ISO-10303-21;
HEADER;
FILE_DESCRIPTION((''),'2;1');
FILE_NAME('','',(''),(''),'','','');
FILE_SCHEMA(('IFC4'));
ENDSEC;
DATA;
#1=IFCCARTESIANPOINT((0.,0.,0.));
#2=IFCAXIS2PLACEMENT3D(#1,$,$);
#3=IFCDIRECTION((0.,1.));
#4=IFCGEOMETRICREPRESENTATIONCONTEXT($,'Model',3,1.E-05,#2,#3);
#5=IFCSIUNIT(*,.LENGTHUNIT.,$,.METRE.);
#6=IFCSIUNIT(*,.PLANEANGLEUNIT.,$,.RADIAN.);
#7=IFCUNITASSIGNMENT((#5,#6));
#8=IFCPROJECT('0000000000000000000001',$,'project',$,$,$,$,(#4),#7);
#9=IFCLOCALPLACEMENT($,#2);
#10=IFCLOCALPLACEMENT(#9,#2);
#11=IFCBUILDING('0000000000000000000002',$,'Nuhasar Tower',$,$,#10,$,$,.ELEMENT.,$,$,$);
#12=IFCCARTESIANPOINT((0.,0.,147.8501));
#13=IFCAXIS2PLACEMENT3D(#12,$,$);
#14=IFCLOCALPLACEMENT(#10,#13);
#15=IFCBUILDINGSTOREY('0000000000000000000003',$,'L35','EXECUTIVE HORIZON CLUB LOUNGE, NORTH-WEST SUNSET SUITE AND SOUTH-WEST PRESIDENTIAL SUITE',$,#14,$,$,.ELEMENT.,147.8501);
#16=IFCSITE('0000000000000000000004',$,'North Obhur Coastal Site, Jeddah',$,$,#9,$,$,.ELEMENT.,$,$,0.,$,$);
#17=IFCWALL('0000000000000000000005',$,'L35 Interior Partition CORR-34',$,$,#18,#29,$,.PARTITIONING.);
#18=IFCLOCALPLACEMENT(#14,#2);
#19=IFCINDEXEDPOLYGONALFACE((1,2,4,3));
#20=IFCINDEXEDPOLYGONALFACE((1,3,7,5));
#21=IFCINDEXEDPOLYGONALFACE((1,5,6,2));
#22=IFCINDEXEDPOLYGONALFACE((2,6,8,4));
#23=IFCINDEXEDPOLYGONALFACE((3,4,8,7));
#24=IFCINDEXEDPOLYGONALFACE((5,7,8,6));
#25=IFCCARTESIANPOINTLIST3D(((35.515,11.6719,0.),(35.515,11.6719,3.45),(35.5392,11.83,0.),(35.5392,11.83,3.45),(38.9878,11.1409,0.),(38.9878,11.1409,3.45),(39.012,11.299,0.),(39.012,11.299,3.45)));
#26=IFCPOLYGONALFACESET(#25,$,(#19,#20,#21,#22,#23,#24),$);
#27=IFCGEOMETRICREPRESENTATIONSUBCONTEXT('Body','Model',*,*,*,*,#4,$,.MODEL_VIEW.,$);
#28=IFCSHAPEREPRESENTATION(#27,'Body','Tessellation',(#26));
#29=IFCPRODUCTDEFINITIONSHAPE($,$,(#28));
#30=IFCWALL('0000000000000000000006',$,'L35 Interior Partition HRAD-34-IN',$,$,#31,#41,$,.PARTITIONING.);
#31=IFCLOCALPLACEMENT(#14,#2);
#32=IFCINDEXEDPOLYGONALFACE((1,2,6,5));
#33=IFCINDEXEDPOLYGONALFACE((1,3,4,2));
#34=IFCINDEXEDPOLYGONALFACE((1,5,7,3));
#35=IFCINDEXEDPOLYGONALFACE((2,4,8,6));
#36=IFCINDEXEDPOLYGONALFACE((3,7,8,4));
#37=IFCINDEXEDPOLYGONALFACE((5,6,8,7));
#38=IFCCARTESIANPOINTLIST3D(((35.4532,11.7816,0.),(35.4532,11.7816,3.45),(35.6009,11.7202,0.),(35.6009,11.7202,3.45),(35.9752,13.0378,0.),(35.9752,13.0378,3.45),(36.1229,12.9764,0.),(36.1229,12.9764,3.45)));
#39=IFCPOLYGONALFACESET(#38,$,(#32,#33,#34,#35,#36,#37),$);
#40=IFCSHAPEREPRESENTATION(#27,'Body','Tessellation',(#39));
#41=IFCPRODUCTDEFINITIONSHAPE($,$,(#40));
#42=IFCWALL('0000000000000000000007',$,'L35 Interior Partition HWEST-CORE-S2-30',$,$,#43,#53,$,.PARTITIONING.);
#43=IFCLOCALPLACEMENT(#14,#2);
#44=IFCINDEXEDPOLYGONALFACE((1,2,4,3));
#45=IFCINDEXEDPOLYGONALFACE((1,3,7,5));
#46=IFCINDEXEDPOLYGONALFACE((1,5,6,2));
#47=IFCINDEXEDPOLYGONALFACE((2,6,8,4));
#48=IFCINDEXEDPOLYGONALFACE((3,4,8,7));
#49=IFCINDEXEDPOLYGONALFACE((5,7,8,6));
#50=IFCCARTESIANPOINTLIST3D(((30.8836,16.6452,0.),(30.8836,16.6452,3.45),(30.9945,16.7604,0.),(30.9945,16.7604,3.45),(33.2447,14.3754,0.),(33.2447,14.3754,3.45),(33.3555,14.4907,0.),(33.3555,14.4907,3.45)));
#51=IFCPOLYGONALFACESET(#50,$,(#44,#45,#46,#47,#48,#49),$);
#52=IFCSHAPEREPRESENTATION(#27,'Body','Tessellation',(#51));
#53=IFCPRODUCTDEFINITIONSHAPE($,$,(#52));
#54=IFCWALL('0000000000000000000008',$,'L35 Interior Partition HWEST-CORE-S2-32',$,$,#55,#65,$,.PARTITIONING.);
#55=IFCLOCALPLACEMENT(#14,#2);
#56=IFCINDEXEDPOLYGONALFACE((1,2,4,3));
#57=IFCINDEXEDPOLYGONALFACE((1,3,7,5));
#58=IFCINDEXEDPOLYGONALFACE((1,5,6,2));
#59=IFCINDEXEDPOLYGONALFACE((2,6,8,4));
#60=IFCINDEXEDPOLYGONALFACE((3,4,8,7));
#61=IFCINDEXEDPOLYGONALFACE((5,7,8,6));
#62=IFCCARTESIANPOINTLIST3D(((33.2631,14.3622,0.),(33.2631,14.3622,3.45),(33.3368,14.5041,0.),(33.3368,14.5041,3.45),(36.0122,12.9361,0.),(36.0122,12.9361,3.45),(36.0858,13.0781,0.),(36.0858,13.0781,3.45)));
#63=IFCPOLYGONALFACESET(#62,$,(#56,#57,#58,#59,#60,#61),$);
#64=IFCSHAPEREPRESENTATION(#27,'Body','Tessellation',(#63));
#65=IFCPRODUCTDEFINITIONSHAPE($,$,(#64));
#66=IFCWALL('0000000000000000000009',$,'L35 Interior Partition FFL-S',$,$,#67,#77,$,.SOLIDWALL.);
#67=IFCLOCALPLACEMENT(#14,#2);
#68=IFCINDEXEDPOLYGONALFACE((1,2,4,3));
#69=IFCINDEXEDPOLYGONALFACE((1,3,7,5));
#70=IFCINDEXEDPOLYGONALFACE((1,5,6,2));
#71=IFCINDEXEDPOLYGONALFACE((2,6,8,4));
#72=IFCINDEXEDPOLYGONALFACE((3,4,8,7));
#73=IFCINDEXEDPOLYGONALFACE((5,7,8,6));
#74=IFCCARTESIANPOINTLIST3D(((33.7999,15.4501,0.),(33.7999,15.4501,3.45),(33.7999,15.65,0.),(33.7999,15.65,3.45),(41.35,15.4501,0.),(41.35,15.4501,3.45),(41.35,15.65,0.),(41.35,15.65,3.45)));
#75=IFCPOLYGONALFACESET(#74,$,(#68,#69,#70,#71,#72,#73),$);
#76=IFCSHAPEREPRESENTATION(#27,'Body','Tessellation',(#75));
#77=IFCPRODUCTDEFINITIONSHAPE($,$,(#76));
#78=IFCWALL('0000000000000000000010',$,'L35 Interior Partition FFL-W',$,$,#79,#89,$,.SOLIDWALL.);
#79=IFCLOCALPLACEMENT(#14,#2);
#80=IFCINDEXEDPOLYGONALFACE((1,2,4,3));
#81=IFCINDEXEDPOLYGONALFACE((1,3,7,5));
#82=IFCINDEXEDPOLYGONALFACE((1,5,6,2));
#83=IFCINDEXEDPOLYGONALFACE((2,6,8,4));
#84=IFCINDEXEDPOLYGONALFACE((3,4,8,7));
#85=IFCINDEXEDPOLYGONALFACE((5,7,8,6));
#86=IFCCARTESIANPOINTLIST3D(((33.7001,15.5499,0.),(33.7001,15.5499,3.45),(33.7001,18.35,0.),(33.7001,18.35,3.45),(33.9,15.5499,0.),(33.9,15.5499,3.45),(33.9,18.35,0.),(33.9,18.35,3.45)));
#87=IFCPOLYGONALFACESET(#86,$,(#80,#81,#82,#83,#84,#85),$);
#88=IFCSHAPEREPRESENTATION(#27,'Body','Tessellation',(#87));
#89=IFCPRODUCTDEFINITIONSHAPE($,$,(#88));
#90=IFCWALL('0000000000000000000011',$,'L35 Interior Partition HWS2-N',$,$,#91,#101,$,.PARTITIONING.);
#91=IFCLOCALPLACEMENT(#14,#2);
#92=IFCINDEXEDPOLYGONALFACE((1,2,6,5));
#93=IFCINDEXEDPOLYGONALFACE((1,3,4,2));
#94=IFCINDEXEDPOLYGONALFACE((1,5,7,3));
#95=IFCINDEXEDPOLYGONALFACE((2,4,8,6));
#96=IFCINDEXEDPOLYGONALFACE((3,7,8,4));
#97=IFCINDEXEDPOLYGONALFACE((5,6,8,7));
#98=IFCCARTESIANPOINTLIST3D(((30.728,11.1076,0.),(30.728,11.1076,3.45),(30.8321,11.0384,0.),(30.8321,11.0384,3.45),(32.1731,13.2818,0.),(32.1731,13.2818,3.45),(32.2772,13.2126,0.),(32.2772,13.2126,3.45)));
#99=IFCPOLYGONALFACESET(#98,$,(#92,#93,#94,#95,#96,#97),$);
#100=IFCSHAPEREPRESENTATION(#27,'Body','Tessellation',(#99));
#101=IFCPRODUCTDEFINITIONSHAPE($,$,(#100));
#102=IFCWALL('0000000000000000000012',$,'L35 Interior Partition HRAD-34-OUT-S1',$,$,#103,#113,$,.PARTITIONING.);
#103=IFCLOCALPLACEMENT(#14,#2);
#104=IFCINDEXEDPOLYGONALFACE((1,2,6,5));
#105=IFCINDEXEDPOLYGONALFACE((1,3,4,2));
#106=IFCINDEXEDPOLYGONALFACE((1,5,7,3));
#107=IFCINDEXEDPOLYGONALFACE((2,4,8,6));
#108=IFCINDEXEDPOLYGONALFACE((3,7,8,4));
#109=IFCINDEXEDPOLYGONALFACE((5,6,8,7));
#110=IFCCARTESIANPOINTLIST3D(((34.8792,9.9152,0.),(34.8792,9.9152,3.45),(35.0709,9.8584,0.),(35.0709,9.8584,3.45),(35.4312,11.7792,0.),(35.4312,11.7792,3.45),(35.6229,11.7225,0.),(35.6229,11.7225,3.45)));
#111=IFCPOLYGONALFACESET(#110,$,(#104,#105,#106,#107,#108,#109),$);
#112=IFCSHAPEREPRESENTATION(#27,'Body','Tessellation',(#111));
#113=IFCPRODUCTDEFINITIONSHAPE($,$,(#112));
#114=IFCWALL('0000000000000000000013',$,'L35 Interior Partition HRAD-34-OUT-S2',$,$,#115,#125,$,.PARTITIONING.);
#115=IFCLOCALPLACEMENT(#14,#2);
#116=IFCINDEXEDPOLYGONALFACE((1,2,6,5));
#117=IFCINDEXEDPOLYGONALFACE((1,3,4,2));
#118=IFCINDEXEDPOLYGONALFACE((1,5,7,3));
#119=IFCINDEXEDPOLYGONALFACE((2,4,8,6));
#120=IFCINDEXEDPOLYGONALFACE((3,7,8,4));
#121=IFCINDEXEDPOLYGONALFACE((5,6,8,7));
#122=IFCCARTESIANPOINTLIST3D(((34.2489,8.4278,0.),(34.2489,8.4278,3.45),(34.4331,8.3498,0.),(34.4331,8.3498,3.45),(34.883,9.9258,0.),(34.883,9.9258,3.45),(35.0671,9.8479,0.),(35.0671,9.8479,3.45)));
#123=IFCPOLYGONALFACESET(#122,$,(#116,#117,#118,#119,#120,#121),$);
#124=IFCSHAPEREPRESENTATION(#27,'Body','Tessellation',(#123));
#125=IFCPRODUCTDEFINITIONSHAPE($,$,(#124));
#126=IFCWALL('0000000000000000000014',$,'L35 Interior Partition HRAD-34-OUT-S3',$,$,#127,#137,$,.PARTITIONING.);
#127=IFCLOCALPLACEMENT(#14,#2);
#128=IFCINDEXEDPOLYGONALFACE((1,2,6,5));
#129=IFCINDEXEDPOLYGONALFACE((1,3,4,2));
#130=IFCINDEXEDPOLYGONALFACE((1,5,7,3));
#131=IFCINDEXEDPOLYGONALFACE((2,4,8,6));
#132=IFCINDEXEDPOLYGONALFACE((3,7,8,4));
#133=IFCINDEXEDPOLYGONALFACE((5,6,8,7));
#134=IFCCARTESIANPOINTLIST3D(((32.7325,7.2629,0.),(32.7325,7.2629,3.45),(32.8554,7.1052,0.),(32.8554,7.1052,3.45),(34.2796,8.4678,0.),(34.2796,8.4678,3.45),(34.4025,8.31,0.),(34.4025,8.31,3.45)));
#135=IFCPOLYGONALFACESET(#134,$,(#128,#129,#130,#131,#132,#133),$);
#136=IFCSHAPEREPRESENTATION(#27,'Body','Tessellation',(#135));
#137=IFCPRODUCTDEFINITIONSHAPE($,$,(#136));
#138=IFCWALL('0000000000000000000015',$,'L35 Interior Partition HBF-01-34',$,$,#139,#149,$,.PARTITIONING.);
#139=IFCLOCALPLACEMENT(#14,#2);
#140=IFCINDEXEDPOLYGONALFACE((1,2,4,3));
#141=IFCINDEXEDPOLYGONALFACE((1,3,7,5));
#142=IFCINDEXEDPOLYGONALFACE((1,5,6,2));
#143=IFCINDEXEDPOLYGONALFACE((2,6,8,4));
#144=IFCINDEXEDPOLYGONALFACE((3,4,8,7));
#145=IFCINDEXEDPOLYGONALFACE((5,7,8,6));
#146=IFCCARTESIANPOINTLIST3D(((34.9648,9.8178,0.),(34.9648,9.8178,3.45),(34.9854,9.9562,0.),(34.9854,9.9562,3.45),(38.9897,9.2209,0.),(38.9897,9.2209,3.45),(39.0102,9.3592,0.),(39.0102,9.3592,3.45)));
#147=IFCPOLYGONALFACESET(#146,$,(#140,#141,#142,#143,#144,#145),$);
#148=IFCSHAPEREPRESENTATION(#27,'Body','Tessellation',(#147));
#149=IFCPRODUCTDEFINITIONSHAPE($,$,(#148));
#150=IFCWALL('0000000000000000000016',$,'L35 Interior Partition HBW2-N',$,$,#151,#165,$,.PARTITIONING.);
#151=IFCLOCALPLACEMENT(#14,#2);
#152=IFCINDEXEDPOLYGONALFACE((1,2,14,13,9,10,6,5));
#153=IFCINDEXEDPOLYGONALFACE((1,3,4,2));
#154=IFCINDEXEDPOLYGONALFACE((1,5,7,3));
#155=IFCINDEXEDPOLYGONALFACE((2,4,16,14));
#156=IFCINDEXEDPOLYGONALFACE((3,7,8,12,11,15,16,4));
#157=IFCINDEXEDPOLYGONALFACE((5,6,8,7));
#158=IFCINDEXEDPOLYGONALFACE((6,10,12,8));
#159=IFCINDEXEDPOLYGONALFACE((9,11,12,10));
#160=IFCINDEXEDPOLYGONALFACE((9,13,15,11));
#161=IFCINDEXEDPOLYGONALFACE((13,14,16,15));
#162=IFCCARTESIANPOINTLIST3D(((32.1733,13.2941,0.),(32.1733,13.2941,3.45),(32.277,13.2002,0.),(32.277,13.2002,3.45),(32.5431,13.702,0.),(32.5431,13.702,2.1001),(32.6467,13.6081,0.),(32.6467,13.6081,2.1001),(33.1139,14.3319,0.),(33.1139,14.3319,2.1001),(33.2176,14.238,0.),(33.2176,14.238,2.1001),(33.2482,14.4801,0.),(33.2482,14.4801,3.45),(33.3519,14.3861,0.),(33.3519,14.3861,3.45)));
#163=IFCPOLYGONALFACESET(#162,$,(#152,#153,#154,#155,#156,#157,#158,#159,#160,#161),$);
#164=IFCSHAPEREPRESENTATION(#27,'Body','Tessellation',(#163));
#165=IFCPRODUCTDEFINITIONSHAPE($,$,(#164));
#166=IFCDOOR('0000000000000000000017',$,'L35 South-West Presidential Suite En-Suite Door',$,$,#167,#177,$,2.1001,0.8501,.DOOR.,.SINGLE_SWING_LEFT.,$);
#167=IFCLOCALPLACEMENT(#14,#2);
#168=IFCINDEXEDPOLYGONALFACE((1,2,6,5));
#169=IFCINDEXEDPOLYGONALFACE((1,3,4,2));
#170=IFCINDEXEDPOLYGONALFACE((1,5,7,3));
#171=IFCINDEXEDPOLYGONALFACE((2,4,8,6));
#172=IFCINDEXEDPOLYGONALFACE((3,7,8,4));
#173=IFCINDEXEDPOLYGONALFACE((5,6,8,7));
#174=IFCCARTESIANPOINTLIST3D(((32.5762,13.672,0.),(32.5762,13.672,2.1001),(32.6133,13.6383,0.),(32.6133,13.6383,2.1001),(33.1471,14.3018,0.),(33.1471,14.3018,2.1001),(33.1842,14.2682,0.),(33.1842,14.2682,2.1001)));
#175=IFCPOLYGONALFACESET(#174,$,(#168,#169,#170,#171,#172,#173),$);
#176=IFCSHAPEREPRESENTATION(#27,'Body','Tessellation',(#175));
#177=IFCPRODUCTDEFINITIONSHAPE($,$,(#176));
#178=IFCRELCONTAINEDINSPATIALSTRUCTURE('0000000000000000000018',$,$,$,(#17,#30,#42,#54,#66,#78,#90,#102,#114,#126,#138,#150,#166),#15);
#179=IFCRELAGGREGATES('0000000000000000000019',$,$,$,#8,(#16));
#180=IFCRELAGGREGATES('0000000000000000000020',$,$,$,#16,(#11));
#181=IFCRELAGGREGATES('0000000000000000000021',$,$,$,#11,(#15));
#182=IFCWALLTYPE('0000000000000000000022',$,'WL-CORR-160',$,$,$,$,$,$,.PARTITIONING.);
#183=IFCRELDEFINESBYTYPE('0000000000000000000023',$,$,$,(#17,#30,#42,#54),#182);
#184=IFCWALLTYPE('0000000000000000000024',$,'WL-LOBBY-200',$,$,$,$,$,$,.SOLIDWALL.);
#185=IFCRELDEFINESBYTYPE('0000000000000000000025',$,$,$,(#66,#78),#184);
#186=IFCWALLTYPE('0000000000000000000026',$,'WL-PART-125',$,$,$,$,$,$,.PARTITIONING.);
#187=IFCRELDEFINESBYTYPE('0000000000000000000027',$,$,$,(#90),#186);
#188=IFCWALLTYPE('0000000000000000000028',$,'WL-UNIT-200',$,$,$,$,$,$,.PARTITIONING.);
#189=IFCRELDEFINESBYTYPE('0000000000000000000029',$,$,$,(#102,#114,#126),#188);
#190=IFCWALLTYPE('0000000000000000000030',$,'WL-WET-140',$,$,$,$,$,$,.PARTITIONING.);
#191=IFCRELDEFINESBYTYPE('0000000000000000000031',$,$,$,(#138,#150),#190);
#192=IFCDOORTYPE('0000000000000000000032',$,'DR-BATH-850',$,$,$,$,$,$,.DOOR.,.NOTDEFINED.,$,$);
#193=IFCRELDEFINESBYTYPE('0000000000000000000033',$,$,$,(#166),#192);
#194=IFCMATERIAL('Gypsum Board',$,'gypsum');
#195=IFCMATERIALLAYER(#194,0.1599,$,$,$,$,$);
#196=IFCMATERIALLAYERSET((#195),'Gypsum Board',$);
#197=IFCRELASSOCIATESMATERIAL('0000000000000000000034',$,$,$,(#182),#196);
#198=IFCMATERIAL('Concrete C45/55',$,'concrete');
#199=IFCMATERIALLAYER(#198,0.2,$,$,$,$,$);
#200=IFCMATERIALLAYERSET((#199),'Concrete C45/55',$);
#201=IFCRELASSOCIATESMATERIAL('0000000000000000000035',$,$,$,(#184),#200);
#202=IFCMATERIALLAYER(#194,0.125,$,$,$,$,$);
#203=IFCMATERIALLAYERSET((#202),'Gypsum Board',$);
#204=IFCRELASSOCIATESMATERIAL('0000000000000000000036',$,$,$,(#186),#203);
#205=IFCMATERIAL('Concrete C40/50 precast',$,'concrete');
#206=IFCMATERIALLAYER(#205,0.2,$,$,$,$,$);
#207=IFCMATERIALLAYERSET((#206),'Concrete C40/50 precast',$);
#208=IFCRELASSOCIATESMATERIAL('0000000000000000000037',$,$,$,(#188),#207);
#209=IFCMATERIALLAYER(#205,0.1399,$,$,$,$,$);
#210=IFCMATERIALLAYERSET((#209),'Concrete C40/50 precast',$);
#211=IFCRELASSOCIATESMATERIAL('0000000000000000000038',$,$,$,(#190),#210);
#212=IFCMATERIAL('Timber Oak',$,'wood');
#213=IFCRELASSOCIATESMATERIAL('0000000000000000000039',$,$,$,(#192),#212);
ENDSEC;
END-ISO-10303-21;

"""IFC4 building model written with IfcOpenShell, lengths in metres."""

from ifc_helpers import new_model, si_unit, direction, frame, frame_2d, origin, place, context, subcontext, project, spatial, rectangle, extrude, material, layer, layer_set, type_object, element, fill, save


model = new_model("IFC4")

# Units and contexts
model_context = context("Model", 3, precision=1e-05, world=origin(), true_north=direction((0.0, 1.0)))
body_context = subcontext(model_context, "Body", "Model", "MODEL_VIEW")
ifc_project = project(units=[si_unit("LENGTHUNIT", "METRE"), si_unit("PLANEANGLEUNIT", "RADIAN")], contexts=[model_context])

# Site, building, storey
site_placement = place(None, origin())
site = spatial("IfcSite", under=ifc_project, at=site_placement, Name="North Obhur Coastal Site, Jeddah", CompositionType="ELEMENT", RefElevation=0.0)
building_placement = place(site_placement, origin())
building = spatial("IfcBuilding", under=site, at=building_placement, Name="Nuhasar Tower", CompositionType="ELEMENT")
storey_placement = place(building_placement, frame((0.0, 0.0, 147.8501)))
storey = spatial("IfcBuildingStorey", under=building, at=storey_placement, Name="L35", Description="EXECUTIVE HORIZON CLUB LOUNGE, NORTH-WEST SUNSET SUITE AND SOUTH-WEST PRESIDENTIAL SUITE", CompositionType="ELEMENT", Elevation=147.8501)

# Walls
ifc_material_1 = material(Name="Gypsum Board", Category="gypsum")
ifc_layer_1 = layer(ifc_material_1, 0.1599)
ifc_layer_set_1 = layer_set([ifc_layer_1], Name="Gypsum Board")
wall_type_1 = type_object("IfcWallType", Name="WL-CORR-160", PredefinedType="PARTITIONING", material=ifc_layer_set_1)
wall_1_placement = place(storey_placement, frame((35.5271, 11.751, 0.0), z_axis=(0.0, 0.0, 1.0), x_axis=(0.988512, -0.151143, 0.0)))
element("IfcWall", 1, at=wall_1_placement, inside=storey, type_object=wall_type_1, Name="L35 Interior Partition CORR-34", PredefinedType="PARTITIONING", context=body_context, shape_type="SweptSolid", body=[
    extrude(rectangle(XDim=3.5132, YDim=0.1599, at=frame_2d((1.7566, 0.0))), origin(), (0.0, 0.0, 1.0), 3.45),
])
wall_2_placement = place(storey_placement, frame((36.0491, 13.0071, 0.0), z_axis=(0.0, 0.0, 1.0), x_axis=(-0.383736, -0.923443, 0.0)))
element("IfcWall", 2, at=wall_2_placement, inside=storey, type_object=wall_type_1, Name="L35 Interior Partition HRAD-34-IN", PredefinedType="PARTITIONING", context=body_context, shape_type="SweptSolid", body=[
    extrude(rectangle(XDim=1.3604, YDim=0.1599, at=frame_2d((0.6802, 0.0))), origin(), (0.0, 0.0, 1.0), 3.45),
])
wall_3_placement = place(storey_placement, frame((30.939, 16.7029, 0.0), z_axis=(0.0, 0.0, 1.0), x_axis=(0.720909, -0.69303, 0.0)))
element("IfcWall", 3, at=wall_3_placement, inside=storey, type_object=wall_type_1, Name="L35 Interior Partition HWEST-CORE-S2-30", PredefinedType="PARTITIONING", context=body_context, shape_type="SweptSolid", body=[
    extrude(rectangle(XDim=3.2751, YDim=0.1599, at=frame_2d((1.6377, 0.0))), origin(), (0.0, 0.0, 1.0), 3.45),
])
wall_4_placement = place(storey_placement, frame((33.3, 14.4331, 0.0), z_axis=(0.0, 0.0, 1.0), x_axis=(0.887675, -0.460471, 0.0)))
element("IfcWall", 4, at=wall_4_placement, inside=storey, type_object=wall_type_1, Name="L35 Interior Partition HWEST-CORE-S2-32", PredefinedType="PARTITIONING", context=body_context, shape_type="SweptSolid", body=[
    extrude(rectangle(XDim=3.0969, YDim=0.1599, at=frame_2d((1.5483, 0.0))), origin(), (0.0, 0.0, 1.0), 3.45),
])
ifc_material_2 = material(Name="Concrete C45/55", Category="concrete")
ifc_layer_2 = layer(ifc_material_2, 0.2)
ifc_layer_set_2 = layer_set([ifc_layer_2], Name="Concrete C45/55")
wall_type_2 = type_object("IfcWallType", Name="WL-LOBBY-200", PredefinedType="SOLIDWALL", material=ifc_layer_set_2)
wall_5_placement = place(storey_placement, frame((33.8, 15.55, 0.0), z_axis=(0.0, 0.0, 1.0), x_axis=(1.0, 0.0, 0.0)))
element("IfcWall", 5, at=wall_5_placement, inside=storey, type_object=wall_type_2, Name="L35 Interior Partition FFL-S", PredefinedType="SOLIDWALL", context=body_context, shape_type="SweptSolid", body=[
    extrude(rectangle(XDim=7.55, YDim=0.2, at=frame_2d((3.7749, 0.0))), origin(), (0.0, 0.0, 1.0), 3.45),
])
wall_6_placement = place(storey_placement, frame((33.8, 15.55, 0.0), z_axis=(0.0, 0.0, 1.0), x_axis=(0.0, 1.0, 0.0)))
element("IfcWall", 6, at=wall_6_placement, inside=storey, type_object=wall_type_2, Name="L35 Interior Partition FFL-W", PredefinedType="SOLIDWALL", context=body_context, shape_type="SweptSolid", body=[
    extrude(rectangle(XDim=2.8, YDim=0.2, at=frame_2d((1.3999, 0.0))), origin(), (0.0, 0.0, 1.0), 3.45),
])
ifc_layer_3 = layer(ifc_material_1, 0.125)
ifc_layer_set_3 = layer_set([ifc_layer_3], Name="Gypsum Board")
wall_type_3 = type_object("IfcWallType", Name="WL-PART-125", PredefinedType="PARTITIONING", material=ifc_layer_set_3)
wall_7_placement = place(storey_placement, frame((32.2251, 13.2471, 0.0), z_axis=(0.0, 0.0, 1.0), x_axis=(-0.553556, -0.832812, 0.0)))
element("IfcWall", 7, at=wall_7_placement, inside=storey, type_object=wall_type_3, Name="L35 Interior Partition HWS2-N", PredefinedType="PARTITIONING", context=body_context, shape_type="SweptSolid", body=[
    extrude(rectangle(XDim=2.6106, YDim=0.125, at=frame_2d((1.3052, 0.0))), origin(), (0.0, 0.0, 1.0), 3.45),
])
ifc_material_3 = material(Name="Concrete C40/50 precast", Category="concrete")
ifc_layer_4 = layer(ifc_material_3, 0.2)
ifc_layer_set_4 = layer_set([ifc_layer_4], Name="Concrete C40/50 precast")
wall_type_4 = type_object("IfcWallType", Name="WL-UNIT-200", PredefinedType="PARTITIONING", material=ifc_layer_set_4)
wall_8_placement = place(storey_placement, frame((35.5271, 11.751, 0.0), z_axis=(0.0, 0.0, 1.0), x_axis=(-0.283947, -0.95884, 0.0)))
element("IfcWall", 8, at=wall_8_placement, inside=storey, type_object=wall_type_4, Name="L35 Interior Partition HRAD-34-OUT-S1", PredefinedType="PARTITIONING", context=body_context, shape_type="SweptSolid", body=[
    extrude(rectangle(XDim=1.9441, YDim=0.2, at=frame_2d((0.9722, 0.0))), origin(), (0.0, 0.0, 1.0), 3.45),
])
wall_9_placement = place(storey_placement, frame((34.9751, 9.887, 0.0), z_axis=(0.0, 0.0, 1.0), x_axis=(-0.389767, -0.920913, 0.0)))
element("IfcWall", 9, at=wall_9_placement, inside=storey, type_object=wall_type_4, Name="L35 Interior Partition HRAD-34-OUT-S2", PredefinedType="PARTITIONING", context=body_context, shape_type="SweptSolid", body=[
    extrude(rectangle(XDim=1.6267, YDim=0.2, at=frame_2d((0.8135, 0.0))), origin(), (0.0, 0.0, 1.0), 3.45),
])
wall_10_placement = place(storey_placement, frame((34.3411, 8.3889, 0.0), z_axis=(0.0, 0.0, 1.0), x_axis=(-0.788977, -0.614423, 0.0)))
element("IfcWall", 10, at=wall_10_placement, inside=storey, type_object=wall_type_4, Name="L35 Interior Partition HRAD-34-OUT-S3", PredefinedType="PARTITIONING", context=body_context, shape_type="SweptSolid", body=[
    extrude(rectangle(XDim=1.9609, YDim=0.2, at=frame_2d((0.9805, 0.0))), origin(), (0.0, 0.0, 1.0), 3.45),
])
ifc_layer_5 = layer(ifc_material_3, 0.1399)
ifc_layer_set_5 = layer_set([ifc_layer_5], Name="Concrete C40/50 precast")
wall_type_5 = type_object("IfcWallType", Name="WL-WET-140", PredefinedType="PARTITIONING", material=ifc_layer_set_5)
wall_11_placement = place(storey_placement, frame((34.9751, 9.887, 0.0), z_axis=(0.0, 0.0, 1.0), x_axis=(0.989181, -0.146703, 0.0)))
element("IfcWall", 11, at=wall_11_placement, inside=storey, type_object=wall_type_5, Name="L35 Interior Partition HBF-01-34", PredefinedType="PARTITIONING", context=body_context, shape_type="SweptSolid", body=[
    extrude(rectangle(XDim=4.0688, YDim=0.1399, at=frame_2d((2.0344, 0.0))), origin(), (0.0, 0.0, 1.0), 3.45),
])

# Wall, opening, door
wall_12_placement = place(storey_placement, frame((33.3, 14.4331, 0.0), z_axis=(0.0, 0.0, 1.0), x_axis=(-0.671556, -0.740954, 0.0)))
wall_12 = element("IfcWall", 12, at=wall_12_placement, inside=storey, type_object=wall_type_5, Name="L35 Interior Partition HBW2-N", PredefinedType="PARTITIONING", context=body_context, shape_type="SweptSolid", body=[
    extrude(rectangle(XDim=1.6006, YDim=0.1399, at=frame_2d((0.8003, 0.0))), origin(), (0.0, 0.0, 1.0), 3.45),
])
opening_placement = place(wall_12_placement, frame((0.2, 0.0, 0.0)))
opening = element("IfcOpeningElement", 13, at=opening_placement, cuts=wall_12, PredefinedType="OPENING", context=body_context, shape_type="SweptSolid", body=[
    extrude(rectangle(XDim=0.8501, YDim=2.1001, at=frame_2d((0.425, 1.05))), frame((0.0, 0.0801, 0.0), z_axis=(0.0, -1.0, 0.0), x_axis=(1.0, 0.0, 0.0)), (0.0, 0.0, 1.0), 0.1599),
])
ifc_material_4 = material(Name="Timber Oak", Category="wood")
door_type = type_object("IfcDoorType", Name="DR-BATH-850", OperationType="NOTDEFINED", PredefinedType="DOOR", material=ifc_material_4)
door_placement = place(opening_placement, origin())
door = element("IfcDoor", 14, at=door_placement, inside=storey, type_object=door_type, Name="L35 South-West Presidential Suite En-Suite Door", OperationType="SINGLE_SWING_LEFT", OverallHeight=2.1001, OverallWidth=0.8501, PredefinedType="DOOR", context=body_context, shape_type="SweptSolid", body=[
    extrude(rectangle(XDim=0.8501, YDim=2.1001, at=frame_2d((0.425, 1.05))), frame((0.0, 0.0249, 0.0), z_axis=(0.0, -1.0, 0.0), x_axis=(1.0, 0.0, 0.0)), (0.0, 0.0, 1.0), 0.05),
])
fill(opening, door)

save(model, "model.ifc")
